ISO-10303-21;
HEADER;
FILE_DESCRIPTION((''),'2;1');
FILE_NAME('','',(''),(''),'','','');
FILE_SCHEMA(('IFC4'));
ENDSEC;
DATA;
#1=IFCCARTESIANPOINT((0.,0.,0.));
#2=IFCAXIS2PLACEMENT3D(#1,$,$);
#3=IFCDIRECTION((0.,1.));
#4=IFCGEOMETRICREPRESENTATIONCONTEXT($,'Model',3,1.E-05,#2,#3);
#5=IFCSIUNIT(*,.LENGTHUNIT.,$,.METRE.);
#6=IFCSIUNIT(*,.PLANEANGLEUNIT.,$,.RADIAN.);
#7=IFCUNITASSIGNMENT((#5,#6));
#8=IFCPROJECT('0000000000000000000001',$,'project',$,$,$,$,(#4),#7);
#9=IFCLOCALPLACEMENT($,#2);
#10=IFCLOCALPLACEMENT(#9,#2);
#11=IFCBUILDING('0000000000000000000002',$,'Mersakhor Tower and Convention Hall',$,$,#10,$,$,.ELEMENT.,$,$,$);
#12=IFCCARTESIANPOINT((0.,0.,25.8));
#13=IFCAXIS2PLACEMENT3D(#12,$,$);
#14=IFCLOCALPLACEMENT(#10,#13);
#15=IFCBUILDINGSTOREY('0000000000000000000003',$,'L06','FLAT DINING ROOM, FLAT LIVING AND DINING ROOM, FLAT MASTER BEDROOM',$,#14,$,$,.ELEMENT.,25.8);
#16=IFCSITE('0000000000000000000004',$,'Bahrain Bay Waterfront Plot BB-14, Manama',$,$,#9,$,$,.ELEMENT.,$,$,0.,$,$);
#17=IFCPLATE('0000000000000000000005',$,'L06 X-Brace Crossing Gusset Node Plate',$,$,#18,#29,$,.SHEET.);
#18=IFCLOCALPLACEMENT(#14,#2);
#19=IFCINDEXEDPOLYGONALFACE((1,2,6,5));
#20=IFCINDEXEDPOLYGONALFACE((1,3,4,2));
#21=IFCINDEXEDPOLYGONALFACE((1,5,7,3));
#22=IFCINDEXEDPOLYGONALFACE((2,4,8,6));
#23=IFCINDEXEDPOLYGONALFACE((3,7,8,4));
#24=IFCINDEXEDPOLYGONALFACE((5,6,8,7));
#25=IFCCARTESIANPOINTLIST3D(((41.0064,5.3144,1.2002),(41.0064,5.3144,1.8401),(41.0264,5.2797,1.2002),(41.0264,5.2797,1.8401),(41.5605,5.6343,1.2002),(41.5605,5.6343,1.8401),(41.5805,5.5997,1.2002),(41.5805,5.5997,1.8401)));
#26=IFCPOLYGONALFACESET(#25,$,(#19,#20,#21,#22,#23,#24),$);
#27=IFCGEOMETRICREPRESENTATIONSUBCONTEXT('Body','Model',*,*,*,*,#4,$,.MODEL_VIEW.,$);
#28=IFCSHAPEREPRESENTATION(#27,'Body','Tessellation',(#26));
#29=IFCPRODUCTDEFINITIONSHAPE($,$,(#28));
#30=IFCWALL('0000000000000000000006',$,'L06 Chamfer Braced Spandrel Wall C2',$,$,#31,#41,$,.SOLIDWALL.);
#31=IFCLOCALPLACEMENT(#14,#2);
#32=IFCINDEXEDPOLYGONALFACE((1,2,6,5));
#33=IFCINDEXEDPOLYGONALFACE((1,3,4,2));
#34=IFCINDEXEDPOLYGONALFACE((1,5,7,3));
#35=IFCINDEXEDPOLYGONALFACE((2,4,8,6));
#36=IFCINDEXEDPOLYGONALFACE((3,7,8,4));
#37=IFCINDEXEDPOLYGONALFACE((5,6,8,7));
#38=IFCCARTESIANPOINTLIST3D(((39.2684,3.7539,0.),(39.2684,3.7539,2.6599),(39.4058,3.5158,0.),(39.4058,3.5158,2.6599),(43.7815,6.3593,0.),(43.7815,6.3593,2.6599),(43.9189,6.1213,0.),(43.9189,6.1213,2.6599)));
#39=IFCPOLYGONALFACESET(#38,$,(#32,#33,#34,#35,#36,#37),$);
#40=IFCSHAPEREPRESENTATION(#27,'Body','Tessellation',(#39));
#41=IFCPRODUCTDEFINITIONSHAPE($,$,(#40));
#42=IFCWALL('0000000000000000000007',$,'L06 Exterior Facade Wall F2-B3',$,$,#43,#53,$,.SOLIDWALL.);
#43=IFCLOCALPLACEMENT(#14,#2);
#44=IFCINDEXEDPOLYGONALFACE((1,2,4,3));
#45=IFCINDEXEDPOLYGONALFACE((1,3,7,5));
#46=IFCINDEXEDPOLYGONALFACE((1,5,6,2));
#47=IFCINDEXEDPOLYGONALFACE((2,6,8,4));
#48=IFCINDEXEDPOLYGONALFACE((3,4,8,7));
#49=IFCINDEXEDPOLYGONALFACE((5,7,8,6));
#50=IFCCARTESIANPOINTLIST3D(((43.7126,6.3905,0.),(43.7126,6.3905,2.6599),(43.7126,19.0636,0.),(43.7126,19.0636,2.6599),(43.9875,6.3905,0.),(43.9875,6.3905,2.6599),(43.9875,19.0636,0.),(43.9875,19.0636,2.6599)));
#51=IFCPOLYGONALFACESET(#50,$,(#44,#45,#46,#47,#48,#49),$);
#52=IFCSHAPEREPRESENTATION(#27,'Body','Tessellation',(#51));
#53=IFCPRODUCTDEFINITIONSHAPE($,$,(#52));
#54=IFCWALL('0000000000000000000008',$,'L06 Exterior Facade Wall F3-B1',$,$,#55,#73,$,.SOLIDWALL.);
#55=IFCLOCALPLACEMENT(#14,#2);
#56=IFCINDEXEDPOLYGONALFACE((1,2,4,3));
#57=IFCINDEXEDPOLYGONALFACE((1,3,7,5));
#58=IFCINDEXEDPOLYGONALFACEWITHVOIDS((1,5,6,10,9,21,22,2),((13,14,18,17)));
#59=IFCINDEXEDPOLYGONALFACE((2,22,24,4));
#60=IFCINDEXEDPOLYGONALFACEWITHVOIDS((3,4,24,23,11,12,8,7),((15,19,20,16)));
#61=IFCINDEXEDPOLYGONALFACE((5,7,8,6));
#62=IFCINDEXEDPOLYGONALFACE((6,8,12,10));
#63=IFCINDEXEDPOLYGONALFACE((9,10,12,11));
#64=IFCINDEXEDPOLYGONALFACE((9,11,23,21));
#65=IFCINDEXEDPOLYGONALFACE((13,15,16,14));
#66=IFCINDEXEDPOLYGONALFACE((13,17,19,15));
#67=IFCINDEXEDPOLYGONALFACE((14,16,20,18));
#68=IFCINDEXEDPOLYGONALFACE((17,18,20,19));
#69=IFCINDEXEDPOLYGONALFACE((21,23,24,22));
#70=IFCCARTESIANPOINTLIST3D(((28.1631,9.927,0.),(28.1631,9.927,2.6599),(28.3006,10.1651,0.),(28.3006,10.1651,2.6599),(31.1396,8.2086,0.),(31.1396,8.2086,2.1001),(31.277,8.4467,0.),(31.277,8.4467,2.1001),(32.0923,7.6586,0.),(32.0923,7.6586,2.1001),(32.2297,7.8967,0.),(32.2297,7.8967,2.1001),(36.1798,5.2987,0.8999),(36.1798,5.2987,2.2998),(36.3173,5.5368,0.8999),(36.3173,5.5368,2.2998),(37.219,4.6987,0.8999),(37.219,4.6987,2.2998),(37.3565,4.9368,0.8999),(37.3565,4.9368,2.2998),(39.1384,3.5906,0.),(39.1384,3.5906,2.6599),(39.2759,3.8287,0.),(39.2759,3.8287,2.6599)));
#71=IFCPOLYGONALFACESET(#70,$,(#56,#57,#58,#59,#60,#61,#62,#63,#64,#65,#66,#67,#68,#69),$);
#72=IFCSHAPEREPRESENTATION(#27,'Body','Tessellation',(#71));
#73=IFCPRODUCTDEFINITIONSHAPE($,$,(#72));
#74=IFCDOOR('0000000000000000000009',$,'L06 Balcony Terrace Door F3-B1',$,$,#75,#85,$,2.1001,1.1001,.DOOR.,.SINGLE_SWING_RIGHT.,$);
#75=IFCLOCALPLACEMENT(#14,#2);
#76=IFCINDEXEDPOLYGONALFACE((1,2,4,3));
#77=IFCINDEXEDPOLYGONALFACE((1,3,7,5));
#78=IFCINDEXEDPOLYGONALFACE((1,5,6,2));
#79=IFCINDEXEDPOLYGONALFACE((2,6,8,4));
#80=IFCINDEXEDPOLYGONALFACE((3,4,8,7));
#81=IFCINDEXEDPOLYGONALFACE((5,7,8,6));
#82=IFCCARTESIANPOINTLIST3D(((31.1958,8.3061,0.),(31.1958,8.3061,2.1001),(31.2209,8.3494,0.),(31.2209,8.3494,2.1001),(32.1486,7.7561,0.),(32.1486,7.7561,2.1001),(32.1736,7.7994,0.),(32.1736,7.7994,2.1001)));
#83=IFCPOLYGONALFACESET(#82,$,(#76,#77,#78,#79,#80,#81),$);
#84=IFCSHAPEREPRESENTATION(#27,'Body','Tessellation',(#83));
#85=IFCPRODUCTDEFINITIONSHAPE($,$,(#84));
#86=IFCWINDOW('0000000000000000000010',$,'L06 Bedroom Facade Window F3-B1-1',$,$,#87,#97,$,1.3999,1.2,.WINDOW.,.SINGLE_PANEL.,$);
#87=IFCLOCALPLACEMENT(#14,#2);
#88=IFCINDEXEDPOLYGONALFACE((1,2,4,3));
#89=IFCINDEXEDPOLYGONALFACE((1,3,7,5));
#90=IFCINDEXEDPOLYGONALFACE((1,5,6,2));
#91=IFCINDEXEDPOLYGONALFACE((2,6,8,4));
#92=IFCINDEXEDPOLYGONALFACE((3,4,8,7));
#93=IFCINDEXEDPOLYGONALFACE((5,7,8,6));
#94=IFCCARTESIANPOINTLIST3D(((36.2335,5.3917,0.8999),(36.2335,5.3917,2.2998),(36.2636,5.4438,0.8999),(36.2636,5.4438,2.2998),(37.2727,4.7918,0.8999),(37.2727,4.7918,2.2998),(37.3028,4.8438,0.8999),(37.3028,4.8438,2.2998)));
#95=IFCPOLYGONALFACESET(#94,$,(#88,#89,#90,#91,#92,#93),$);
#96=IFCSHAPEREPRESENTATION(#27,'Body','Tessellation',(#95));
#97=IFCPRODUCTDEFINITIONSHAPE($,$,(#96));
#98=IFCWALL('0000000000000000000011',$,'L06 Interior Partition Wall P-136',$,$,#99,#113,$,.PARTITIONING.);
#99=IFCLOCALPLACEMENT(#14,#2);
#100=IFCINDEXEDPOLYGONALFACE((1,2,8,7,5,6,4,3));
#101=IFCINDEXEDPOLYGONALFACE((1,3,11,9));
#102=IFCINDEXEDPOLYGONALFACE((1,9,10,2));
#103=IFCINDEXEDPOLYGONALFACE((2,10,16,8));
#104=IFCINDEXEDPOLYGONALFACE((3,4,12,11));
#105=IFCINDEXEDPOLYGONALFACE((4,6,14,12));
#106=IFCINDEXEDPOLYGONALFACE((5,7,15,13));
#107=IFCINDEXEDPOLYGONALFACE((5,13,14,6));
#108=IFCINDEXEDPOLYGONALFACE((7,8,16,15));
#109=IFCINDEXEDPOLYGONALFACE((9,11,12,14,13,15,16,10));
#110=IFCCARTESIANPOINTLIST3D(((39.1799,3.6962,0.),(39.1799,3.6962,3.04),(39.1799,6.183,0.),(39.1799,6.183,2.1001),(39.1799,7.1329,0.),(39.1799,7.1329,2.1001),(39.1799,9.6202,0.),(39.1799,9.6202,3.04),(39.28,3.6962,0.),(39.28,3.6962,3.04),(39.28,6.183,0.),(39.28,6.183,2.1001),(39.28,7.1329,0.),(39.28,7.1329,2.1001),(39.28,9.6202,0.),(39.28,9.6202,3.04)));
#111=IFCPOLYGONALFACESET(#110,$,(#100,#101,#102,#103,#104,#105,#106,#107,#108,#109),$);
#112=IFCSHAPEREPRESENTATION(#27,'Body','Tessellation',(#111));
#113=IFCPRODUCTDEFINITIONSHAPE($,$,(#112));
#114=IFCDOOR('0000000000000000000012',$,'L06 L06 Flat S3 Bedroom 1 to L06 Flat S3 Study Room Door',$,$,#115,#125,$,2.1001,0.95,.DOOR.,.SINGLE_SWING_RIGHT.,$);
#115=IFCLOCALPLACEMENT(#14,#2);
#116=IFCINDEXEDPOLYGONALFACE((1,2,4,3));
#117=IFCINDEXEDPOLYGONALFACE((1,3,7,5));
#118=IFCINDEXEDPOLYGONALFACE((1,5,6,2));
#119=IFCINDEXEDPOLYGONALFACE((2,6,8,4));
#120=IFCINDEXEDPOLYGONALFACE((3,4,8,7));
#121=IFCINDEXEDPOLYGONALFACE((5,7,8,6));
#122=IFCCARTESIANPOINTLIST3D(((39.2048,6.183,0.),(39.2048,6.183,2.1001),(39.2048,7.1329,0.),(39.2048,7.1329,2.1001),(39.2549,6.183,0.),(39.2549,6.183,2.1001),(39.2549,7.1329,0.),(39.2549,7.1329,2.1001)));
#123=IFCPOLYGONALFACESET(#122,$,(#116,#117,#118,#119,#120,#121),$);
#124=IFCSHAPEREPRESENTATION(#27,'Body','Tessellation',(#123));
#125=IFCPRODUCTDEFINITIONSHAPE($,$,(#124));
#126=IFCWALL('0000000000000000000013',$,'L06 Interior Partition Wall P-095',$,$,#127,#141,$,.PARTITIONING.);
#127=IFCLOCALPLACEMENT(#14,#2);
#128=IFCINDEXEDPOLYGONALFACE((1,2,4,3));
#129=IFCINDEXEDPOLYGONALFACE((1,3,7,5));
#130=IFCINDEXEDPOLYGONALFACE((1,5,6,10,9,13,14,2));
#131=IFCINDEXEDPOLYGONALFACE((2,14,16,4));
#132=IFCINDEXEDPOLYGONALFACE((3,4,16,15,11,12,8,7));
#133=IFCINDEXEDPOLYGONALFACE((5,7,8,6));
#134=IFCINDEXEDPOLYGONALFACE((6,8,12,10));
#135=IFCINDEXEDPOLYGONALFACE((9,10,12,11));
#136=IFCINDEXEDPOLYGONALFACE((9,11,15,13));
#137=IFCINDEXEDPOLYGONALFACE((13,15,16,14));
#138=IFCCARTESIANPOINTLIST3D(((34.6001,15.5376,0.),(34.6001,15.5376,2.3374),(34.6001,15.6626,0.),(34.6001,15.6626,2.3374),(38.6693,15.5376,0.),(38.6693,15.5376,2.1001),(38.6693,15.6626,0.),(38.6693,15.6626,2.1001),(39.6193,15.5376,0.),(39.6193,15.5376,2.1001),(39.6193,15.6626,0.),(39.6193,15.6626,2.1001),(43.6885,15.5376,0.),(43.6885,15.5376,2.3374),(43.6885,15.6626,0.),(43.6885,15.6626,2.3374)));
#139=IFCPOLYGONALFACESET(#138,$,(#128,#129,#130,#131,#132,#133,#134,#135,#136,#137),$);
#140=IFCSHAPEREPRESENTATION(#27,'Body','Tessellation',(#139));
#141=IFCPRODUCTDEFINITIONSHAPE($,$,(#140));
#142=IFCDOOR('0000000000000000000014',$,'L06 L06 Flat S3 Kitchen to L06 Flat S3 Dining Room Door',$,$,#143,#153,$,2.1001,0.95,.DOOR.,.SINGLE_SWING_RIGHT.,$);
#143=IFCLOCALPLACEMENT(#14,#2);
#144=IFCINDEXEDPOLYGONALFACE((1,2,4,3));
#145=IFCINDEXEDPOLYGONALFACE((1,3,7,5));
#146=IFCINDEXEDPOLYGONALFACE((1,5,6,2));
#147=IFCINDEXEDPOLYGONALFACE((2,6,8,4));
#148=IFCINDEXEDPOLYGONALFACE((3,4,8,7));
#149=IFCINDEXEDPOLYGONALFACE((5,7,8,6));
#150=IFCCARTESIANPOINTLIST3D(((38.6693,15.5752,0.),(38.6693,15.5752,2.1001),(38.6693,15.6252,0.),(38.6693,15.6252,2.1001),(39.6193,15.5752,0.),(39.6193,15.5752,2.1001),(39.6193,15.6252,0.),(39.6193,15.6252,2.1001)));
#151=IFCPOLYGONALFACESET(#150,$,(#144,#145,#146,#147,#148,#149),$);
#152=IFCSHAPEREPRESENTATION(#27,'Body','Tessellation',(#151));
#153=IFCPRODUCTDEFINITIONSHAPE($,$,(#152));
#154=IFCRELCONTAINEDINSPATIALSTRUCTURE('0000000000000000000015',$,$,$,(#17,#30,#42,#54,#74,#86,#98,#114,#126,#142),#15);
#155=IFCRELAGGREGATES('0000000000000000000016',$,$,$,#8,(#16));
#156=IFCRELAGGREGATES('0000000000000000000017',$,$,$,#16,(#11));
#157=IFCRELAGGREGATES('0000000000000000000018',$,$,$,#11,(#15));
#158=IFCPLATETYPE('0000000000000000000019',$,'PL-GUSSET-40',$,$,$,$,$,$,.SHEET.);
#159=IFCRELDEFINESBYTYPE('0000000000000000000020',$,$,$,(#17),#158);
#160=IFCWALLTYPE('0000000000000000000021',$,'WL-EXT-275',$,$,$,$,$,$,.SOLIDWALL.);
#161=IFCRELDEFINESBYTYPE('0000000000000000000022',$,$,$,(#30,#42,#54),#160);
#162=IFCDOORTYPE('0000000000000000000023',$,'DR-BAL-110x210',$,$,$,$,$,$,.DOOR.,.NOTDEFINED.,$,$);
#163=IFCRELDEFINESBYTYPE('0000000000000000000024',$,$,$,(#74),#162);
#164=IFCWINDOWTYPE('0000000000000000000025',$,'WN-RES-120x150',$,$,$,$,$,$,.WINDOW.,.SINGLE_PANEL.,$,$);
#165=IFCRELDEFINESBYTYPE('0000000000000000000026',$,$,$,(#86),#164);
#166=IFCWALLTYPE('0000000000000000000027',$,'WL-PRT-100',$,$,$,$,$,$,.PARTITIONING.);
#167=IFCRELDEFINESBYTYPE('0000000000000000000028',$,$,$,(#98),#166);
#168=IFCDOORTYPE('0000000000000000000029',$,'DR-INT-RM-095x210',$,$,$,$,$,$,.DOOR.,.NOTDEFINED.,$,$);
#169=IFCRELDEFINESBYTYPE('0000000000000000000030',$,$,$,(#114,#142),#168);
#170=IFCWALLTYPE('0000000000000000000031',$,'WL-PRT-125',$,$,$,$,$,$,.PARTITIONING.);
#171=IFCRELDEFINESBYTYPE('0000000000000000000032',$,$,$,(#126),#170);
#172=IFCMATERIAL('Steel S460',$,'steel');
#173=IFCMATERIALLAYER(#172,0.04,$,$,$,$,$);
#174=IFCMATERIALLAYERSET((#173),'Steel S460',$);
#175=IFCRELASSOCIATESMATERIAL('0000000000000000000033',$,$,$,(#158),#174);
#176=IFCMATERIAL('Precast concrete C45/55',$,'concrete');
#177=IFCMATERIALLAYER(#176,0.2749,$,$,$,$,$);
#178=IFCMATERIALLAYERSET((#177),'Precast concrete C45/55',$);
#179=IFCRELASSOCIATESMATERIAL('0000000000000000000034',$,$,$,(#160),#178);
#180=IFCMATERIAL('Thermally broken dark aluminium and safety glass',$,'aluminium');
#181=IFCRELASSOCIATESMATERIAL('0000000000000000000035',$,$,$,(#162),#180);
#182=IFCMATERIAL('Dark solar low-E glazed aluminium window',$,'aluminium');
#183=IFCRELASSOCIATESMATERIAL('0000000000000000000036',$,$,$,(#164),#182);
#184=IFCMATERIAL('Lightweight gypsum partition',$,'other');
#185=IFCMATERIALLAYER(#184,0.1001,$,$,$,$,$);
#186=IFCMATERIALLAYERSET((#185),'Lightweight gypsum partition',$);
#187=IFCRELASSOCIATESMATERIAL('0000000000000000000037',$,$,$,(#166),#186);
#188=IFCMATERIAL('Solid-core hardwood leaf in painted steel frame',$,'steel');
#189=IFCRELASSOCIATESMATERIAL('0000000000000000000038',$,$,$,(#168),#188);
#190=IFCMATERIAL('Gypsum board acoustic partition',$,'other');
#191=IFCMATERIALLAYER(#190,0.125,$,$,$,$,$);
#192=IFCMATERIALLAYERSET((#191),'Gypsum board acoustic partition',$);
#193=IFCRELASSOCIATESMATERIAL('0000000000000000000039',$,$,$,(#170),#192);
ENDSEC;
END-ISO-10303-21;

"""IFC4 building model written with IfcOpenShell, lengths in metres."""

from ifc_helpers import new_model, si_unit, direction, frame, frame_2d, origin, origin_2d, place, context, subcontext, project, spatial, rectangle, extrude, material, layer, layer_set, type_object, element, fill, save


model = new_model("IFC4")

# Units and contexts
model_context = context("Model", 3, precision=1e-05, world=origin(), true_north=direction((0.0, 1.0)))
body_context = subcontext(model_context, "Body", "Model", "MODEL_VIEW")
ifc_project = project(units=[si_unit("LENGTHUNIT", "METRE"), si_unit("PLANEANGLEUNIT", "RADIAN")], contexts=[model_context])

# Site, building, storey
site_placement = place(None, origin())
site = spatial("IfcSite", under=ifc_project, at=site_placement, Name="Bahrain Bay Waterfront Plot BB-14, Manama", CompositionType="ELEMENT", RefElevation=0.0)
building_placement = place(site_placement, origin())
building = spatial("IfcBuilding", under=site, at=building_placement, Name="Mersakhor Tower and Convention Hall", CompositionType="ELEMENT")
storey_placement = place(building_placement, frame((0.0, 0.0, 25.8)))
storey = spatial("IfcBuildingStorey", under=building, at=storey_placement, Name="L06", Description="FLAT DINING ROOM, FLAT LIVING AND DINING ROOM, FLAT MASTER BEDROOM", CompositionType="ELEMENT", Elevation=25.8)

# Plate
ifc_material_1 = material(Name="Steel S460", Category="steel")
ifc_layer_1 = layer(ifc_material_1, 0.04)
ifc_layer_set_1 = layer_set([ifc_layer_1], Name="Steel S460")
plate_type_1 = type_object("IfcPlateType", Name="PL-GUSSET-40", PredefinedType="SHEET", material=ifc_layer_set_1)
plate_1_placement = place(storey_placement, frame((41.2935, 5.457, 1.2002), z_axis=(0.0, 0.0, 1.0), x_axis=(0.866025, 0.5, 0.0)))
element("IfcPlate", 1, at=plate_1_placement, inside=storey, type_object=plate_type_1, Name="L06 X-Brace Crossing Gusset Node Plate", PredefinedType="SHEET", context=body_context, shape_type="SweptSolid", body=[
    extrude(rectangle(XDim=0.6399, YDim=0.04, at=origin_2d()), origin(), (0.0, 0.0, 1.0), 0.6399),
])

# Walls
ifc_material_2 = material(Name="Precast concrete C45/55", Category="concrete")
ifc_layer_2 = layer(ifc_material_2, 0.2749)
ifc_layer_set_2 = layer_set([ifc_layer_2], Name="Precast concrete C45/55")
wall_type_1 = type_object("IfcWallType", Name="WL-EXT-275", PredefinedType="SOLIDWALL", material=ifc_layer_set_2)
wall_1_placement = place(storey_placement, frame((43.8501, 6.2402, 0.0), z_axis=(0.0, 0.0, 1.0), x_axis=(-0.866044, -0.499968, 0.0)))
element("IfcWall", 2, at=wall_1_placement, inside=storey, type_object=wall_type_1, Name="L06 Chamfer Braced Spandrel Wall C2", PredefinedType="SOLIDWALL", context=body_context, shape_type="SweptSolid", body=[
    extrude(rectangle(XDim=5.2112, YDim=0.2749, at=frame_2d((2.6055, 0.0))), origin(), (0.0, 0.0, 1.0), 2.6599),
])
wall_2_placement = place(storey_placement, frame((43.8501, 19.0635, 0.0), z_axis=(0.0, 0.0, 1.0), x_axis=(0.0, -1.0, 0.0)))
element("IfcWall", 3, at=wall_2_placement, inside=storey, type_object=wall_type_1, Name="L06 Exterior Facade Wall F2-B3", PredefinedType="SOLIDWALL", context=body_context, shape_type="SweptSolid", body=[
    extrude(rectangle(XDim=12.6731, YDim=0.2749, at=frame_2d((6.3364, 0.0))), origin(), (0.0, 0.0, 1.0), 2.6599),
])

# Wall, openings, door, window
wall_3_placement = place(storey_placement, frame((39.207, 3.7097, 0.0), z_axis=(0.0, 0.0, 1.0), x_axis=(-0.866032, 0.499989, 0.0)))
wall_3 = element("IfcWall", 4, at=wall_3_placement, inside=storey, type_object=wall_type_1, Name="L06 Exterior Facade Wall F3-B1", PredefinedType="SOLIDWALL", context=body_context, shape_type="SweptSolid", body=[
    extrude(rectangle(XDim=12.6731, YDim=0.2749, at=frame_2d((6.3364, 0.0))), origin(), (0.0, 0.0, 1.0), 2.6599),
])
opening_1_placement = place(wall_3_placement, frame((8.136, 0.0, 0.0)))
opening_1 = element("IfcOpeningElement", 5, at=opening_1_placement, cuts=wall_3, PredefinedType="OPENING", context=body_context, shape_type="SweptSolid", body=[
    extrude(rectangle(XDim=1.1001, YDim=2.1001, at=frame_2d((0.55, 1.05))), frame((0.0, 0.1475, 0.0), z_axis=(0.0, -1.0, 0.0), x_axis=(1.0, 0.0, 0.0)), (0.0, 0.0, 1.0), 0.2949),
])
opening_2_placement = place(wall_3_placement, frame((2.2161, 0.0, 0.8999)))
opening_2 = element("IfcOpeningElement", 6, at=opening_2_placement, cuts=wall_3, PredefinedType="OPENING", context=body_context, shape_type="SweptSolid", body=[
    extrude(rectangle(XDim=1.2, YDim=1.3999, at=frame_2d((0.6001, 0.7))), frame((0.0, 0.1475, 0.0), z_axis=(0.0, -1.0, 0.0), x_axis=(1.0, 0.0, 0.0)), (0.0, 0.0, 1.0), 0.2949),
])
ifc_material_3 = material(Name="Thermally broken dark aluminium and safety glass", Category="aluminium")
door_type_1 = type_object("IfcDoorType", Name="DR-BAL-110x210", OperationType="NOTDEFINED", PredefinedType="DOOR", material=ifc_material_3)
door_1_placement = place(opening_1_placement, origin())
door_1 = element("IfcDoor", 7, at=door_1_placement, inside=storey, type_object=door_type_1, Name="L06 Balcony Terrace Door F3-B1", OperationType="SINGLE_SWING_RIGHT", OverallHeight=2.1001, OverallWidth=1.1001, PredefinedType="DOOR", context=body_context, shape_type="SweptSolid", body=[
    extrude(rectangle(XDim=1.1001, YDim=2.1001, at=frame_2d((0.55, 1.05))), frame((0.0, 0.0249, 0.0), z_axis=(0.0, -1.0, 0.0), x_axis=(1.0, 0.0, 0.0)), (0.0, 0.0, 1.0), 0.05),
])
fill(opening_1, door_1)
ifc_material_4 = material(Name="Dark solar low-E glazed aluminium window", Category="aluminium")
window_type = type_object("IfcWindowType", Name="WN-RES-120x150", PartitioningType="SINGLE_PANEL", PredefinedType="WINDOW", material=ifc_material_4)
window_placement = place(opening_2_placement, origin())
window = element("IfcWindow", 8, at=window_placement, inside=storey, type_object=window_type, Name="L06 Bedroom Facade Window F3-B1-1", OverallHeight=1.3999, OverallWidth=1.2, PartitioningType="SINGLE_PANEL", PredefinedType="WINDOW", context=body_context, shape_type="SweptSolid", body=[
    extrude(rectangle(XDim=1.2, YDim=1.3999, at=frame_2d((0.6001, 0.7))), frame((0.0, 0.03, 0.0), z_axis=(0.0, -1.0, 0.0), x_axis=(1.0, 0.0, 0.0)), (0.0, 0.0, 1.0), 0.0601),
])
fill(opening_2, window)

# Walls, openings, doors
ifc_material_5 = material(Name="Lightweight gypsum partition", Category="other")
ifc_layer_3 = layer(ifc_material_5, 0.1001)
ifc_layer_set_3 = layer_set([ifc_layer_3], Name="Lightweight gypsum partition")
wall_type_2 = type_object("IfcWallType", Name="WL-PRT-100", PredefinedType="PARTITIONING", material=ifc_layer_set_3)
wall_4_placement = place(storey_placement, frame((39.23, 9.6201, 0.0), z_axis=(0.0, 0.0, 1.0), x_axis=(0.0, -1.0, 0.0)))
wall_4 = element("IfcWall", 9, at=wall_4_placement, inside=storey, type_object=wall_type_2, Name="L06 Interior Partition Wall P-136", PredefinedType="PARTITIONING", context=body_context, shape_type="SweptSolid", body=[
    extrude(rectangle(XDim=5.9241, YDim=0.1001, at=frame_2d((2.9619, 0.0))), origin(), (0.0, 0.0, 1.0), 3.04),
])
opening_3_placement = place(wall_4_placement, frame((2.4871, 0.0, 0.0)))
opening_3 = element("IfcOpeningElement", 10, at=opening_3_placement, cuts=wall_4, PredefinedType="OPENING", context=body_context, shape_type="SweptSolid", body=[
    extrude(rectangle(XDim=0.95, YDim=2.1001, at=frame_2d((0.4751, 1.05))), frame((0.0, 0.0601, 0.0), z_axis=(0.0, -1.0, 0.0), x_axis=(1.0, 0.0, 0.0)), (0.0, 0.0, 1.0), 0.1201),
])
ifc_material_6 = material(Name="Solid-core hardwood leaf in painted steel frame", Category="steel")
door_type_2 = type_object("IfcDoorType", Name="DR-INT-RM-095x210", OperationType="NOTDEFINED", PredefinedType="DOOR", material=ifc_material_6)
door_2_placement = place(opening_3_placement, origin())
door_2 = element("IfcDoor", 11, at=door_2_placement, inside=storey, type_object=door_type_2, Name="L06 L06 Flat S3 Bedroom 1 to L06 Flat S3 Study Room Door", OperationType="SINGLE_SWING_RIGHT", OverallHeight=2.1001, OverallWidth=0.95, PredefinedType="DOOR", context=body_context, shape_type="SweptSolid", body=[
    extrude(rectangle(XDim=0.95, YDim=2.1001, at=frame_2d((0.4751, 1.05))), frame((0.0, 0.0249, 0.0), z_axis=(0.0, -1.0, 0.0), x_axis=(1.0, 0.0, 0.0)), (0.0, 0.0, 1.0), 0.05),
])
fill(opening_3, door_2)
ifc_material_7 = material(Name="Gypsum board acoustic partition", Category="other")
ifc_layer_4 = layer(ifc_material_7, 0.125)
ifc_layer_set_4 = layer_set([ifc_layer_4], Name="Gypsum board acoustic partition")
wall_type_3 = type_object("IfcWallType", Name="WL-PRT-125", PredefinedType="PARTITIONING", material=ifc_layer_set_4)
wall_5_placement = place(storey_placement, frame((43.6885, 15.6001, 0.0), z_axis=(0.0, 0.0, 1.0), x_axis=(-1.0, 0.0, 0.0)))
wall_5 = element("IfcWall", 12, at=wall_5_placement, inside=storey, type_object=wall_type_3, Name="L06 Interior Partition Wall P-095", PredefinedType="PARTITIONING", context=body_context, shape_type="SweptSolid", body=[
    extrude(rectangle(XDim=9.0884, YDim=0.125, at=frame_2d((4.5442, 0.0))), origin(), (0.0, 0.0, 1.0), 2.3374),
])
opening_4_placement = place(wall_5_placement, frame((4.0691, 0.0, 0.0)))
opening_4 = element("IfcOpeningElement", 13, at=opening_4_placement, cuts=wall_5, PredefinedType="OPENING", context=body_context, shape_type="SweptSolid", body=[
    extrude(rectangle(XDim=0.95, YDim=2.1001, at=frame_2d((0.4751, 1.05))), frame((0.0, 0.0725, 0.0), z_axis=(0.0, -1.0, 0.0), x_axis=(1.0, 0.0, 0.0)), (0.0, 0.0, 1.0), 0.145),
])
door_3_placement = place(opening_4_placement, origin())
door_3 = element("IfcDoor", 14, at=door_3_placement, inside=storey, type_object=door_type_2, Name="L06 L06 Flat S3 Kitchen to L06 Flat S3 Dining Room Door", OperationType="SINGLE_SWING_RIGHT", OverallHeight=2.1001, OverallWidth=0.95, PredefinedType="DOOR", context=body_context, shape_type="SweptSolid", body=[
    extrude(rectangle(XDim=0.95, YDim=2.1001, at=frame_2d((0.4751, 1.05))), frame((0.0, 0.0249, 0.0), z_axis=(0.0, -1.0, 0.0), x_axis=(1.0, 0.0, 0.0)), (0.0, 0.0, 1.0), 0.05),
])
fill(opening_4, door_3)

save(model, "model.ifc")
